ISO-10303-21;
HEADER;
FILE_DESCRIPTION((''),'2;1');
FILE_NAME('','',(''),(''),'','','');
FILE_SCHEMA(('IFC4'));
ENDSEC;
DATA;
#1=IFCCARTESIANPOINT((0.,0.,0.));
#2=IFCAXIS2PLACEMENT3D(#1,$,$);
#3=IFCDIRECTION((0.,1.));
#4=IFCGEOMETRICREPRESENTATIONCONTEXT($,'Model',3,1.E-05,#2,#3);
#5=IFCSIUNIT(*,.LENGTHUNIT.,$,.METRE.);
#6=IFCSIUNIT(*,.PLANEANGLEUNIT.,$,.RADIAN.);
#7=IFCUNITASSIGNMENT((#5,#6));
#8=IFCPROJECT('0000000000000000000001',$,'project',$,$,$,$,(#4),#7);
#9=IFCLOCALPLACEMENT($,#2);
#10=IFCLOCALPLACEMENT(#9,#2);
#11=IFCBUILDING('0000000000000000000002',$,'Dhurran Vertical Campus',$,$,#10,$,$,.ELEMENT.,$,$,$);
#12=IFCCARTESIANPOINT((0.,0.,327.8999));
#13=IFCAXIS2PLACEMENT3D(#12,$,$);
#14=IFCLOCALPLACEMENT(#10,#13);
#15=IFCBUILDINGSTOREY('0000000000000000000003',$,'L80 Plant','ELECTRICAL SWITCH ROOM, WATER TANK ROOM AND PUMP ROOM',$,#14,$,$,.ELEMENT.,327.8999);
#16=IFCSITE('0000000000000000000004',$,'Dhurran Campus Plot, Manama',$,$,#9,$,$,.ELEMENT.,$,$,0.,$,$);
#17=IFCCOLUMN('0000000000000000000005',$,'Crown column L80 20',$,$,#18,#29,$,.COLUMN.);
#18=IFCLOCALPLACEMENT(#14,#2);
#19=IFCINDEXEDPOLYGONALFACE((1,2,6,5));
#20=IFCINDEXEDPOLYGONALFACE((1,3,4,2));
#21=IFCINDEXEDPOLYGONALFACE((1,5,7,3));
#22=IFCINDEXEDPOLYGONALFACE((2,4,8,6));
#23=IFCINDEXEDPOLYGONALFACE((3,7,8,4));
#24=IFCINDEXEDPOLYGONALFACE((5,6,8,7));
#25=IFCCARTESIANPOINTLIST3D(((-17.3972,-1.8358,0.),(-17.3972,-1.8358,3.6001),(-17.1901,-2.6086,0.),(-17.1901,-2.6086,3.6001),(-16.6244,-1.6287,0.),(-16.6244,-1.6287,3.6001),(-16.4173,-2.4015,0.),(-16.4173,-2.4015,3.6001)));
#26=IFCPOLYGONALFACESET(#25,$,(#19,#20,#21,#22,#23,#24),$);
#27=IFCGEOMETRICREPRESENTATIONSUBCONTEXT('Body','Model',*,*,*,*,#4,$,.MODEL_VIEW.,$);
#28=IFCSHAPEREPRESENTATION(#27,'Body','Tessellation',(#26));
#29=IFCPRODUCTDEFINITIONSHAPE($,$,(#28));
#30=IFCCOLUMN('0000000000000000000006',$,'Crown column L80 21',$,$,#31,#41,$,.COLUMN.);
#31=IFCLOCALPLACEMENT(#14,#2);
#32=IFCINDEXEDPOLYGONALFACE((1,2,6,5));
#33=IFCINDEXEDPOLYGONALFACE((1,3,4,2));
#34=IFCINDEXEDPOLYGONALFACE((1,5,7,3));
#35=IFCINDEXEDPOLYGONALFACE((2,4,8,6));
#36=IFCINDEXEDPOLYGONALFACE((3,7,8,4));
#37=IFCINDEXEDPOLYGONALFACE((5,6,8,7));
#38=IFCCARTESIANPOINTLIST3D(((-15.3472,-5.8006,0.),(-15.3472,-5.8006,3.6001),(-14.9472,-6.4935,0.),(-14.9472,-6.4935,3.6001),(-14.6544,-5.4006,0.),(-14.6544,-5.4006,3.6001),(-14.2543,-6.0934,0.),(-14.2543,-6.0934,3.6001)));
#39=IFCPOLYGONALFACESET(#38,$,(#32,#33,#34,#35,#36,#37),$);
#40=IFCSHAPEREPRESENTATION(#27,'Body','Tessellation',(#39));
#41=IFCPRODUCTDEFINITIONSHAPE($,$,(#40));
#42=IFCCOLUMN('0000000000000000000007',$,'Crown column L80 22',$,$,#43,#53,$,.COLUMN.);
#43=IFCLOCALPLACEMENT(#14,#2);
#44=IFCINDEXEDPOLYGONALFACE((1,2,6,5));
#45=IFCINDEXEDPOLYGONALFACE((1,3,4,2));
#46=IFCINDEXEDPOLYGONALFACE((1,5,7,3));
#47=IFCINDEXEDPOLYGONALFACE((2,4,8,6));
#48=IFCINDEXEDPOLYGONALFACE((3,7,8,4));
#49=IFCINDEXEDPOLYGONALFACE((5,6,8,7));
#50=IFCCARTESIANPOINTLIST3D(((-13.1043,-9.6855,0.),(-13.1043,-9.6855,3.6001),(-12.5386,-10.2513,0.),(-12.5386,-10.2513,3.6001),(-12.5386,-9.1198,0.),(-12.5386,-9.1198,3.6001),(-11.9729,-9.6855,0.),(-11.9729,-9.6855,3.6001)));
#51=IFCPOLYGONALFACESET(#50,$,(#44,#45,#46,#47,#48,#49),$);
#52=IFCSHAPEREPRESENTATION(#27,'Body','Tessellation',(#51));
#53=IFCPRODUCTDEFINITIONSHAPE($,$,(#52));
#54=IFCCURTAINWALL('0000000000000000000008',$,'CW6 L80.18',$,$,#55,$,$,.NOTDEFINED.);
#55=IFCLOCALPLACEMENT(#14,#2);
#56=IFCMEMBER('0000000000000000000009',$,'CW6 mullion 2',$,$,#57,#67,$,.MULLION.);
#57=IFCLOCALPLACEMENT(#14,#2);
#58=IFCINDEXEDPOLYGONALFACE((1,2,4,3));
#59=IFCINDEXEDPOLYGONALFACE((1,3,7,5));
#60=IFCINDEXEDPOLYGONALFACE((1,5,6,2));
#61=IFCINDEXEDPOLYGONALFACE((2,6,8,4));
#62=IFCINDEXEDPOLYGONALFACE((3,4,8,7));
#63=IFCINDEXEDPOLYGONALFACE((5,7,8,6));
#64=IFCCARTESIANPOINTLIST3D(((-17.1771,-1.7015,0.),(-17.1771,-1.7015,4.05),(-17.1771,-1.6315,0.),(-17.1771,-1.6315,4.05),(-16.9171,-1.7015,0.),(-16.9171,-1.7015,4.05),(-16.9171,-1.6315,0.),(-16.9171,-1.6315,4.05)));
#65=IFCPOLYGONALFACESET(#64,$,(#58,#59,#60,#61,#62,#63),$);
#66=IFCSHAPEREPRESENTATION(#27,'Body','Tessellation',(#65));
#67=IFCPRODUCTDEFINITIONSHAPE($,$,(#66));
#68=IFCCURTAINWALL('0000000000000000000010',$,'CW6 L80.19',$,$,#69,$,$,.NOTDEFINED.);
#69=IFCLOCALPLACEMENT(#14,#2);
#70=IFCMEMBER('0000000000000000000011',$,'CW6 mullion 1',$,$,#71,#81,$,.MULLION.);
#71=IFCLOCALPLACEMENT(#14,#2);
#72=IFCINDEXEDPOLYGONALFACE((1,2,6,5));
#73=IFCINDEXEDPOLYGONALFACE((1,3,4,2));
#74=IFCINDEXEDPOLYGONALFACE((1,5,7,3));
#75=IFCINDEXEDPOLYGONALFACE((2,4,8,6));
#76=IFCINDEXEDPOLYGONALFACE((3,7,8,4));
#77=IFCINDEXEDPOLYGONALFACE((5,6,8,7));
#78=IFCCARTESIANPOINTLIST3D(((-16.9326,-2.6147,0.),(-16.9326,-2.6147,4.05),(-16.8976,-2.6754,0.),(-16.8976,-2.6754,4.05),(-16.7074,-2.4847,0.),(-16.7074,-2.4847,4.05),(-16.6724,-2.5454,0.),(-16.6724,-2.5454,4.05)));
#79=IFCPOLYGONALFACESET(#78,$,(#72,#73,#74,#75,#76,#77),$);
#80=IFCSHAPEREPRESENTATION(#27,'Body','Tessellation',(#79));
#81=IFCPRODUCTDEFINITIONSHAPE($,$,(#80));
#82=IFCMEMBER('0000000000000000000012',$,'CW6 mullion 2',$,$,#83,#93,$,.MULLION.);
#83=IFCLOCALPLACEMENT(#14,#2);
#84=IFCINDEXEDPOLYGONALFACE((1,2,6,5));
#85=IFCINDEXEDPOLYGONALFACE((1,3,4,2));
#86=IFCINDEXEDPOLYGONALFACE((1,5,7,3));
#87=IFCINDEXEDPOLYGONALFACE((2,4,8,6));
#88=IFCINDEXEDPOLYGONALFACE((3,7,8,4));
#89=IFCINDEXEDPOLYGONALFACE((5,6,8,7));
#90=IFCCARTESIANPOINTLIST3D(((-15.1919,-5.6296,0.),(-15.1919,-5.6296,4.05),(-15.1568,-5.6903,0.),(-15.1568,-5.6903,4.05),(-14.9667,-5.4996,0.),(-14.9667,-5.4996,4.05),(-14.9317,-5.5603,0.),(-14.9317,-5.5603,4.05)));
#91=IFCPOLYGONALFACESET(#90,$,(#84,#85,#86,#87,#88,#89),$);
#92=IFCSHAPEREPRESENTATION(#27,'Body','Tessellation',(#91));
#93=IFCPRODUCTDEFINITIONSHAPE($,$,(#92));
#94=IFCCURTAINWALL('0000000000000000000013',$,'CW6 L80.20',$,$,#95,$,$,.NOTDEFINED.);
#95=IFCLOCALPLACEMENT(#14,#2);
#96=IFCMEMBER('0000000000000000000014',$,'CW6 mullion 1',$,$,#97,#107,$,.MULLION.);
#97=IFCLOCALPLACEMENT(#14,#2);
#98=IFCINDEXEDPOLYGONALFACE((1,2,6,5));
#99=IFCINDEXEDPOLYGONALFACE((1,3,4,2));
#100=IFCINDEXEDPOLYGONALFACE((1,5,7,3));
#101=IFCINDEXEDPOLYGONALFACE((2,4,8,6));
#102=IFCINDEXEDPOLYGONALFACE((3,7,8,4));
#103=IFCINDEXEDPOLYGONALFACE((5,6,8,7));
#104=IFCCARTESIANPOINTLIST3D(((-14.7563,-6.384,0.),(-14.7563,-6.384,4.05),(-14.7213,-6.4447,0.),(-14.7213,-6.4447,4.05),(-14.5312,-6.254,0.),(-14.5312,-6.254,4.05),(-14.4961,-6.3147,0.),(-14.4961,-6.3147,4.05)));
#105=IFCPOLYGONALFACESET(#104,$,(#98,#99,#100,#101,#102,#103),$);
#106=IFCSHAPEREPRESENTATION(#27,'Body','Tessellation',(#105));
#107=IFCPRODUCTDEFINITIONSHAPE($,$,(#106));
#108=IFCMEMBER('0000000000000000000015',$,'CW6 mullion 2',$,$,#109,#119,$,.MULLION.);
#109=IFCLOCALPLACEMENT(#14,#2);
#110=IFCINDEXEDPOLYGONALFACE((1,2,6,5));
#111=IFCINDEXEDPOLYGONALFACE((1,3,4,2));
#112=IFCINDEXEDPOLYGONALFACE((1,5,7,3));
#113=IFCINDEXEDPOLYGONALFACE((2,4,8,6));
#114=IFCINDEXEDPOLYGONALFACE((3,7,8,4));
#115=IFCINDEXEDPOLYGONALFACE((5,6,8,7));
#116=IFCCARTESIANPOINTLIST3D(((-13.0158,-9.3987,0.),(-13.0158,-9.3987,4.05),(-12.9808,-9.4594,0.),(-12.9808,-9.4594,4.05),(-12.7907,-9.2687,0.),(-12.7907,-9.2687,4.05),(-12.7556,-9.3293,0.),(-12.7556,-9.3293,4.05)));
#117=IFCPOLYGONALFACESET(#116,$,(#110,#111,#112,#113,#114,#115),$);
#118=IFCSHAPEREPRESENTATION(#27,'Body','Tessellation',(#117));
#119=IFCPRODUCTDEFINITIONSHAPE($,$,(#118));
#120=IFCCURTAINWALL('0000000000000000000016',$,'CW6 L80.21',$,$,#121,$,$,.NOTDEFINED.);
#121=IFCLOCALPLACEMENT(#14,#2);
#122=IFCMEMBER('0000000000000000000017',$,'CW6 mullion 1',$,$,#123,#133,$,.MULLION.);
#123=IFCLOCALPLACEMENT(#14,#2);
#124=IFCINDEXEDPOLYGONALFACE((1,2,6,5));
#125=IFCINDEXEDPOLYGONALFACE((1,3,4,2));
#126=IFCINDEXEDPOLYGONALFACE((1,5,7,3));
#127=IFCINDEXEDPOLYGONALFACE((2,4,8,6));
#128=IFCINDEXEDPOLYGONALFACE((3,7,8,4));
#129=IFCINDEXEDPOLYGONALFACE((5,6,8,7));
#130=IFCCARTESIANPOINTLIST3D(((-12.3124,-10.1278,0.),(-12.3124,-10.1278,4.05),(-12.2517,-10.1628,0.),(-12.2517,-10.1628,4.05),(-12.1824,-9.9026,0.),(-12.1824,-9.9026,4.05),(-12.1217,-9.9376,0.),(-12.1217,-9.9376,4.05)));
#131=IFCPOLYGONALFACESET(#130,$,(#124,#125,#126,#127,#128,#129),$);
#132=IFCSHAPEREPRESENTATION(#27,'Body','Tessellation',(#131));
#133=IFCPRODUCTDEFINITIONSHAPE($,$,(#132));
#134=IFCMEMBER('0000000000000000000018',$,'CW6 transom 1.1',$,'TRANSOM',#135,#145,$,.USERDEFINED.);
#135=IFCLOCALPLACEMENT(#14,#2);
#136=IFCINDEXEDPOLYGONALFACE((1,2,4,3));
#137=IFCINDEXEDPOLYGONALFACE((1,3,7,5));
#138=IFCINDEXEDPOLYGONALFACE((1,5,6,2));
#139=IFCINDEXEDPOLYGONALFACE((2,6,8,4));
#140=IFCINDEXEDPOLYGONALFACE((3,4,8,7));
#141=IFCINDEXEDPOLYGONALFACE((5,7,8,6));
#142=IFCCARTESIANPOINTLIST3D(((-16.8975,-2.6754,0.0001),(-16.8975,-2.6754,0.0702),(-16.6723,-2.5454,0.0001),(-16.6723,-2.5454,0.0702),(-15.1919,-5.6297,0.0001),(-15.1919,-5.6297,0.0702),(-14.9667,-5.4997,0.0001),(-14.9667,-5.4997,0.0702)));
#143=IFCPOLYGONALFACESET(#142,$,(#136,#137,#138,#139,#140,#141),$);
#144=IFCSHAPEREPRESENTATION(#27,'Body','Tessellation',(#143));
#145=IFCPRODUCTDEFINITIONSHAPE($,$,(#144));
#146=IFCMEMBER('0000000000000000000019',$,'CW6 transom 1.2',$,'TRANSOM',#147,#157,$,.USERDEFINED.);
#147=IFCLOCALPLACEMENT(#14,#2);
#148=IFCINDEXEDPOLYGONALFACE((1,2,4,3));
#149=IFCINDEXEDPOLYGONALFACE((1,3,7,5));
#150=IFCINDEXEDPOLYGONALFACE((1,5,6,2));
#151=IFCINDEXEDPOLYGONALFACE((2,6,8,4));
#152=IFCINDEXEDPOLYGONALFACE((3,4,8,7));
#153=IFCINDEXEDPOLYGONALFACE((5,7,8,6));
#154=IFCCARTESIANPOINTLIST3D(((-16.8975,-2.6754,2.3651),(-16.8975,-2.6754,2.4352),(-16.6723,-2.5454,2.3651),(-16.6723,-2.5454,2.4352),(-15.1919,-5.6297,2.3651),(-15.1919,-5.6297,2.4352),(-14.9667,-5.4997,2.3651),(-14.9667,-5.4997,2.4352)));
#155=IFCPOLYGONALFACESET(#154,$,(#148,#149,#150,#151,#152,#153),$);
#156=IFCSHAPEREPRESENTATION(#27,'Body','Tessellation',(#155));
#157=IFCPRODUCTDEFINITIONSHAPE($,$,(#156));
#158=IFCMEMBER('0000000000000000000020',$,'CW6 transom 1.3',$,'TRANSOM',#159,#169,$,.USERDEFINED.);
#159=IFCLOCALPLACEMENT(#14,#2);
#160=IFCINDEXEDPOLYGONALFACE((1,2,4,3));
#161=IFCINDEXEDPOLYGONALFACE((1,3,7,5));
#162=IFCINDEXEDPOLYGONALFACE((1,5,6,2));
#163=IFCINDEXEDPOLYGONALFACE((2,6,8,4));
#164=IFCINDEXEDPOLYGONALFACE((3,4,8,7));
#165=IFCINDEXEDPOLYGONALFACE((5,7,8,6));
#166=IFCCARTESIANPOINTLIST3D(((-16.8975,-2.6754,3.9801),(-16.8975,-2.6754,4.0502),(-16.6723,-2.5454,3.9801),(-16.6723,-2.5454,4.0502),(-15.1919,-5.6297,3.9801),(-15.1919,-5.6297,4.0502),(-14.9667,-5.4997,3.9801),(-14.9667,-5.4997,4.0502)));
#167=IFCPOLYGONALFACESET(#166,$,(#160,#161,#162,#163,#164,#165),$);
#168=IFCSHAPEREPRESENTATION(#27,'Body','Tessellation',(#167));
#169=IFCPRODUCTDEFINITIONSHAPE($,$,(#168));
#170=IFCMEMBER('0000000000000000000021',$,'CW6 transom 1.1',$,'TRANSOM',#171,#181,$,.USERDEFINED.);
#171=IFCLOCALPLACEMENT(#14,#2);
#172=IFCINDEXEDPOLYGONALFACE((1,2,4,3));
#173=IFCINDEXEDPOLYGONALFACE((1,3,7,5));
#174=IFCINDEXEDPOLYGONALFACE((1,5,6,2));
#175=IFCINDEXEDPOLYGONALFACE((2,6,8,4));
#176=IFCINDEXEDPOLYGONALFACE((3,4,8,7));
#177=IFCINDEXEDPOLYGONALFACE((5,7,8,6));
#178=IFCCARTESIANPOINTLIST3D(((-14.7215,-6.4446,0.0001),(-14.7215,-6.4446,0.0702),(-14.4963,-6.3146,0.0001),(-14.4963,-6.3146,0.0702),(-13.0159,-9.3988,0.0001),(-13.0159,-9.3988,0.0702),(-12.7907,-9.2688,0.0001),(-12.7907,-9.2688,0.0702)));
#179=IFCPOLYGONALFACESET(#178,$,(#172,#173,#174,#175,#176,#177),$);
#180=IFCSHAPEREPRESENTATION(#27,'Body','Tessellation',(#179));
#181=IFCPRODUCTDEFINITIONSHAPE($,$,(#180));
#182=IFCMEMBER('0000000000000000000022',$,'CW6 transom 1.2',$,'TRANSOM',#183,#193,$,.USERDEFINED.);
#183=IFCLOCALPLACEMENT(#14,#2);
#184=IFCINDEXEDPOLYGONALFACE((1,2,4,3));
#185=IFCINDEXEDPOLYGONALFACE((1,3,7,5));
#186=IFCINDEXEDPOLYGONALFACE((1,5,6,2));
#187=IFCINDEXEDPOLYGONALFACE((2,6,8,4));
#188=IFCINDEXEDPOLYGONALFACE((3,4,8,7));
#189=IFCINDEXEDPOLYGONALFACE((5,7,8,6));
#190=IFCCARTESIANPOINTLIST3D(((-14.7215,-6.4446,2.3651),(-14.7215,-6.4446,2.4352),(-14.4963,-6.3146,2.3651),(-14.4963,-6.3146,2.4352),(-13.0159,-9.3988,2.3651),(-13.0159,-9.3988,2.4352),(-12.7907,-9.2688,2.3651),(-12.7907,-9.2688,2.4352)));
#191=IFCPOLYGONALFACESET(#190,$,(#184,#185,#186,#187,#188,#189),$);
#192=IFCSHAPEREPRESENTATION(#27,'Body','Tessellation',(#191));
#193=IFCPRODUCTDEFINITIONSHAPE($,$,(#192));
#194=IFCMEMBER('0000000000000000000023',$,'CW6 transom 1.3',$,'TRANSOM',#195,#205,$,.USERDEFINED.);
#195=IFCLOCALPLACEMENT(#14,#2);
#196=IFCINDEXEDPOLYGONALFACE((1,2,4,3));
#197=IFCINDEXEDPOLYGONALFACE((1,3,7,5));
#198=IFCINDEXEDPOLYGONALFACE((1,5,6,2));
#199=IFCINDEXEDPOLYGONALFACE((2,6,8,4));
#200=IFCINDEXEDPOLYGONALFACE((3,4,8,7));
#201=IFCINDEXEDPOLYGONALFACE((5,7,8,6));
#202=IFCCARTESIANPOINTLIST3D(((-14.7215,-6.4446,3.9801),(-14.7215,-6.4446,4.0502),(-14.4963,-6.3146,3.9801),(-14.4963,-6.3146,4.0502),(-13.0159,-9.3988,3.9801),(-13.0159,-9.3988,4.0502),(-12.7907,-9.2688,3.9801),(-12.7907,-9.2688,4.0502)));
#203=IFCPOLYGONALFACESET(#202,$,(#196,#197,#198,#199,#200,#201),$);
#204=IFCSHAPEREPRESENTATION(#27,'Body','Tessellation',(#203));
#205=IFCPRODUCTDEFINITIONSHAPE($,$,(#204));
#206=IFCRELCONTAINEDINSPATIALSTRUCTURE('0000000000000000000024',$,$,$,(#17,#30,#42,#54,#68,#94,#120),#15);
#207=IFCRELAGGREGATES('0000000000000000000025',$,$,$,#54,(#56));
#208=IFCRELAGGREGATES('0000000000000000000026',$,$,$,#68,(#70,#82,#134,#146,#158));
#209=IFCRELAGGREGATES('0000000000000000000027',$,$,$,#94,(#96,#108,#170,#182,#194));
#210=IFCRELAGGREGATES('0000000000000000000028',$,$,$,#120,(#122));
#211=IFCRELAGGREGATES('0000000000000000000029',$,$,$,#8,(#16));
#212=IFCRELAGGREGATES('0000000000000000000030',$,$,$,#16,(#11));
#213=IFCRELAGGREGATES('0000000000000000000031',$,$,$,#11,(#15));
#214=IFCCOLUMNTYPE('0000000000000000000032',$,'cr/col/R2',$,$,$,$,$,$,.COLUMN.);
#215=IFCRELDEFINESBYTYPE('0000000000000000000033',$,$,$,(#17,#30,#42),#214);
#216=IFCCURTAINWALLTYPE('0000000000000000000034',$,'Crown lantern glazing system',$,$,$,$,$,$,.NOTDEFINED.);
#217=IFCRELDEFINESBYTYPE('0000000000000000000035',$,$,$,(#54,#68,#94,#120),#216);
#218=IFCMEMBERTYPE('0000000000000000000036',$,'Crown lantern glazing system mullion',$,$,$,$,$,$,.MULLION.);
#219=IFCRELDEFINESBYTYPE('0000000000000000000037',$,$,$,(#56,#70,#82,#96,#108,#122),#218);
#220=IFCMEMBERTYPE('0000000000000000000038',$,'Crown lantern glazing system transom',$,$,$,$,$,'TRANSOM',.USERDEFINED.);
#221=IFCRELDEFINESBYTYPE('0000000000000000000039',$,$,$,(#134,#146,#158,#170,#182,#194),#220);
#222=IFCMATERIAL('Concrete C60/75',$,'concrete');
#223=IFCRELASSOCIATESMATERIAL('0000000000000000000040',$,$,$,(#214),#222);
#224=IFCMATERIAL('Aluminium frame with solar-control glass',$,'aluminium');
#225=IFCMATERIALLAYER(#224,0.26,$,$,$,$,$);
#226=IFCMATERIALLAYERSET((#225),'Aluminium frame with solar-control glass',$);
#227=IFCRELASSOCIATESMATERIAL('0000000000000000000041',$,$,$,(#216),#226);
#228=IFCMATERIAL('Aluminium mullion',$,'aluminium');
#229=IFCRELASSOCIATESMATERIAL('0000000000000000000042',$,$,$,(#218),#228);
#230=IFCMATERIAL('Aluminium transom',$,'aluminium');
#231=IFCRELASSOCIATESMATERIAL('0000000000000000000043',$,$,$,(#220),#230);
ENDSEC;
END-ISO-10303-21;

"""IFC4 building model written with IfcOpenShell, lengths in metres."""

from ifc_helpers import new_model, si_unit, direction, frame, origin, origin_2d, place, context, subcontext, project, spatial, rectangle, extrude, material, layer, layer_set, material_profile, profile_set, type_object, element, aggregate, save


model = new_model("IFC4")

# Units and contexts
model_context = context("Model", 3, precision=1e-05, world=origin(), true_north=direction((0.0, 1.0)))
body_context = subcontext(model_context, "Body", "Model", "MODEL_VIEW")
ifc_project = project(units=[si_unit("LENGTHUNIT", "METRE"), si_unit("PLANEANGLEUNIT", "RADIAN")], contexts=[model_context])

# Site, building, storey
site_placement = place(None, origin())
site = spatial("IfcSite", under=ifc_project, at=site_placement, Name="Dhurran Campus Plot, Manama", CompositionType="ELEMENT", RefElevation=0.0)
building_placement = place(site_placement, origin())
building = spatial("IfcBuilding", under=site, at=building_placement, Name="Dhurran Vertical Campus", CompositionType="ELEMENT")
storey_placement = place(building_placement, frame((0.0, 0.0, 327.8999)))
storey = spatial("IfcBuildingStorey", under=building, at=storey_placement, Name="L80 Plant", Description="ELECTRICAL SWITCH ROOM, WATER TANK ROOM AND PUMP ROOM", CompositionType="ELEMENT", Elevation=327.8999)

# Columns
ifc_material_1 = material(Name="Concrete C60/75", Category="concrete")
ifc_material_profile_1 = material_profile(ifc_material_1, rectangle(XDim=0.8, YDim=0.8, at=origin_2d()), Name="cr/col/R2")
ifc_profile_set_1 = profile_set([ifc_material_profile_1], Name="Concrete C60/75")
column_type = type_object("IfcColumnType", Name="cr/col/R2", PredefinedType="COLUMN", material=ifc_profile_set_1)
for number, where, z_axis, x_axis, name in (
    (1, (-16.9072, -2.1187, 0.0), (0.0, 0.0, 1.0), (0.258819, -0.965926, 0.0), "Crown column L80 20"),
    (2, (-14.8008, -5.947, 0.0), (0.0, 0.0, 1.0), (0.5, -0.866025, 0.0), "Crown column L80 21"),
    (3, (-12.5386, -9.6855, 0.0), (0.0, 0.0, 1.0), (0.707107, -0.707107, 0.0), "Crown column L80 22"),
):
    element("IfcColumn", number, at=place(storey_placement, frame(where, z_axis=z_axis, x_axis=x_axis)), inside=storey, type_object=column_type, Name=name, PredefinedType="COLUMN", context=body_context, shape_type="SweptSolid", body=[
        extrude(rectangle(XDim=0.8, YDim=0.8, at=origin_2d()), origin(), (0.0, 0.0, 1.0), 3.6001),
    ])

# Curtain wall, member
ifc_material_2 = material(Name="Aluminium frame with solar-control glass", Category="aluminium")
ifc_layer_1 = layer(ifc_material_2, 0.26)
ifc_layer_set_1 = layer_set([ifc_layer_1], Name="Aluminium frame with solar-control glass")
curtain_wall_type = type_object("IfcCurtainWallType", Name="Crown lantern glazing system", PredefinedType="NOTDEFINED", material=ifc_layer_set_1)
curtain_wall_1_placement = place(storey_placement, origin())
curtain_wall_1 = element("IfcCurtainWall", 4, at=curtain_wall_1_placement, inside=storey, type_object=curtain_wall_type, Name="CW6 L80.18", PredefinedType="NOTDEFINED")
ifc_material_3 = material(Name="Aluminium mullion", Category="aluminium")
ifc_material_profile_2 = material_profile(ifc_material_3, rectangle(XDim=0.26, YDim=0.0701, at=origin_2d()), Name="Crown lantern glazing system mullion")
ifc_profile_set_2 = profile_set([ifc_material_profile_2], Name="Aluminium mullion")
member_type_1 = type_object("IfcMemberType", Name="Crown lantern glazing system mullion", PredefinedType="MULLION", material=ifc_profile_set_2)
member_1_placement = place(storey_placement, frame((-17.0471, -1.6665, 0.0), z_axis=(0.0, 0.0, 1.0), x_axis=(1.0, 0.0, 0.0)))
member_1 = element("IfcMember", 5, at=member_1_placement, type_object=member_type_1, Name="CW6 mullion 2", PredefinedType="MULLION", context=body_context, shape_type="SweptSolid", body=[
    extrude(rectangle(XDim=0.26, YDim=0.0701, at=origin_2d()), origin(), (0.0, 0.0, 1.0), 4.05),
])

# Curtain walls, members
curtain_wall_2_placement = place(storey_placement, origin())
curtain_wall_2 = element("IfcCurtainWall", 6, at=curtain_wall_2_placement, inside=storey, type_object=curtain_wall_type, Name="CW6 L80.19", PredefinedType="NOTDEFINED")
member_2_placement = place(storey_placement, frame((-16.8025, -2.5801, 0.0), z_axis=(0.0, 0.0, 1.0), x_axis=(0.86603, 0.499991, 0.0)))
member_2 = element("IfcMember", 7, at=member_2_placement, type_object=member_type_1, Name="CW6 mullion 1", PredefinedType="MULLION", context=body_context, shape_type="SweptSolid", body=[
    extrude(rectangle(XDim=0.26, YDim=0.0701, at=origin_2d()), origin(), (0.0, 0.0, 1.0), 4.05),
])
member_3_placement = place(storey_placement, frame((-15.0618, -5.595, 0.0), z_axis=(0.0, 0.0, 1.0), x_axis=(0.86603, 0.499991, 0.0)))
member_3 = element("IfcMember", 8, at=member_3_placement, type_object=member_type_1, Name="CW6 mullion 2", PredefinedType="MULLION", context=body_context, shape_type="SweptSolid", body=[
    extrude(rectangle(XDim=0.26, YDim=0.0701, at=origin_2d()), origin(), (0.0, 0.0, 1.0), 4.05),
])
curtain_wall_3_placement = place(storey_placement, origin())
curtain_wall_3 = element("IfcCurtainWall", 9, at=curtain_wall_3_placement, inside=storey, type_object=curtain_wall_type, Name="CW6 L80.20", PredefinedType="NOTDEFINED")
member_4_placement = place(storey_placement, frame((-14.6262, -6.3494, 0.0), z_axis=(0.0, 0.0, 1.0), x_axis=(0.866016, 0.500016, 0.0)))
member_4 = element("IfcMember", 10, at=member_4_placement, type_object=member_type_1, Name="CW6 mullion 1", PredefinedType="MULLION", context=body_context, shape_type="SweptSolid", body=[
    extrude(rectangle(XDim=0.26, YDim=0.0701, at=origin_2d()), origin(), (0.0, 0.0, 1.0), 4.05),
])
member_5_placement = place(storey_placement, frame((-12.8857, -9.364, 0.0), z_axis=(0.0, 0.0, 1.0), x_axis=(0.866016, 0.500016, 0.0)))
member_5 = element("IfcMember", 11, at=member_5_placement, type_object=member_type_1, Name="CW6 mullion 2", PredefinedType="MULLION", context=body_context, shape_type="SweptSolid", body=[
    extrude(rectangle(XDim=0.26, YDim=0.0701, at=origin_2d()), origin(), (0.0, 0.0, 1.0), 4.05),
])

# Curtain wall, member
curtain_wall_4_placement = place(storey_placement, origin())
curtain_wall_4 = element("IfcCurtainWall", 12, at=curtain_wall_4_placement, inside=storey, type_object=curtain_wall_type, Name="CW6 L80.21", PredefinedType="NOTDEFINED")
member_6_placement = place(storey_placement, frame((-12.217, -10.0327, 0.0), z_axis=(0.0, 0.0, 1.0), x_axis=(0.499991, 0.86603, 0.0)))
member_6 = element("IfcMember", 13, at=member_6_placement, type_object=member_type_1, Name="CW6 mullion 1", PredefinedType="MULLION", context=body_context, shape_type="SweptSolid", body=[
    extrude(rectangle(XDim=0.26, YDim=0.0701, at=origin_2d()), origin(), (0.0, 0.0, 1.0), 4.05),
])

# Members
ifc_material_4 = material(Name="Aluminium transom", Category="aluminium")
ifc_material_profile_3 = material_profile(ifc_material_4, rectangle(XDim=0.26, YDim=0.0701, at=origin_2d()), Name="Crown lantern glazing system transom")
ifc_profile_set_3 = profile_set([ifc_material_profile_3], Name="Aluminium transom")
member_type_2 = type_object("IfcMemberType", Name="Crown lantern glazing system transom", ElementType="TRANSOM", PredefinedType="USERDEFINED", material=ifc_profile_set_3)
member_7_placement = place(storey_placement, frame((-16.7849, -2.6104, 0.0352), z_axis=(0.499972, -0.866041, 0.0), x_axis=(0.866041, 0.499972, 0.0)))
member_7 = element("IfcMember", 14, at=member_7_placement, type_object=member_type_2, Name="CW6 transom 1.1", ObjectType="TRANSOM", PredefinedType="USERDEFINED", context=body_context, shape_type="SweptSolid", body=[
    extrude(rectangle(XDim=0.26, YDim=0.0701, at=origin_2d()), origin(), (0.0, 0.0, 1.0), 3.4114),
])
member_8_placement = place(storey_placement, frame((-16.7849, -2.6104, 2.4001), z_axis=(0.499972, -0.866041, 0.0), x_axis=(0.866041, 0.499972, 0.0)))
member_8 = element("IfcMember", 15, at=member_8_placement, type_object=member_type_2, Name="CW6 transom 1.2", ObjectType="TRANSOM", PredefinedType="USERDEFINED", context=body_context, shape_type="SweptSolid", body=[
    extrude(rectangle(XDim=0.26, YDim=0.0701, at=origin_2d()), origin(), (0.0, 0.0, 1.0), 3.4114),
])
member_9_placement = place(storey_placement, frame((-16.7849, -2.6104, 4.0151), z_axis=(0.499972, -0.866041, 0.0), x_axis=(0.866041, 0.499972, 0.0)))
member_9 = element("IfcMember", 16, at=member_9_placement, type_object=member_type_2, Name="CW6 transom 1.3", ObjectType="TRANSOM", PredefinedType="USERDEFINED", context=body_context, shape_type="SweptSolid", body=[
    extrude(rectangle(XDim=0.26, YDim=0.0701, at=origin_2d()), origin(), (0.0, 0.0, 1.0), 3.4114),
])
member_10_placement = place(storey_placement, frame((-14.6089, -6.3796, 0.0352), z_axis=(0.500003, -0.866023, 0.0), x_axis=(0.866023, 0.500003, 0.0)))
member_10 = element("IfcMember", 17, at=member_10_placement, type_object=member_type_2, Name="CW6 transom 1.1", ObjectType="TRANSOM", PredefinedType="USERDEFINED", context=body_context, shape_type="SweptSolid", body=[
    extrude(rectangle(XDim=0.26, YDim=0.0701, at=origin_2d()), origin(), (0.0, 0.0, 1.0), 3.4111),
])
member_11_placement = place(storey_placement, frame((-14.6089, -6.3796, 2.4001), z_axis=(0.500003, -0.866023, 0.0), x_axis=(0.866023, 0.500003, 0.0)))
member_11 = element("IfcMember", 18, at=member_11_placement, type_object=member_type_2, Name="CW6 transom 1.2", ObjectType="TRANSOM", PredefinedType="USERDEFINED", context=body_context, shape_type="SweptSolid", body=[
    extrude(rectangle(XDim=0.26, YDim=0.0701, at=origin_2d()), origin(), (0.0, 0.0, 1.0), 3.4111),
])
member_12_placement = place(storey_placement, frame((-14.6089, -6.3796, 4.0151), z_axis=(0.500003, -0.866023, 0.0), x_axis=(0.866023, 0.500003, 0.0)))
member_12 = element("IfcMember", 19, at=member_12_placement, type_object=member_type_2, Name="CW6 transom 1.3", ObjectType="TRANSOM", PredefinedType="USERDEFINED", context=body_context, shape_type="SweptSolid", body=[
    extrude(rectangle(XDim=0.26, YDim=0.0701, at=origin_2d()), origin(), (0.0, 0.0, 1.0), 3.4111),
])

aggregate(curtain_wall_1, [member_1])
aggregate(curtain_wall_2, [member_2, member_3, member_7, member_8, member_9])
aggregate(curtain_wall_3, [member_4, member_5, member_10, member_11, member_12])
aggregate(curtain_wall_4, [member_6])

save(model, "model.ifc")
